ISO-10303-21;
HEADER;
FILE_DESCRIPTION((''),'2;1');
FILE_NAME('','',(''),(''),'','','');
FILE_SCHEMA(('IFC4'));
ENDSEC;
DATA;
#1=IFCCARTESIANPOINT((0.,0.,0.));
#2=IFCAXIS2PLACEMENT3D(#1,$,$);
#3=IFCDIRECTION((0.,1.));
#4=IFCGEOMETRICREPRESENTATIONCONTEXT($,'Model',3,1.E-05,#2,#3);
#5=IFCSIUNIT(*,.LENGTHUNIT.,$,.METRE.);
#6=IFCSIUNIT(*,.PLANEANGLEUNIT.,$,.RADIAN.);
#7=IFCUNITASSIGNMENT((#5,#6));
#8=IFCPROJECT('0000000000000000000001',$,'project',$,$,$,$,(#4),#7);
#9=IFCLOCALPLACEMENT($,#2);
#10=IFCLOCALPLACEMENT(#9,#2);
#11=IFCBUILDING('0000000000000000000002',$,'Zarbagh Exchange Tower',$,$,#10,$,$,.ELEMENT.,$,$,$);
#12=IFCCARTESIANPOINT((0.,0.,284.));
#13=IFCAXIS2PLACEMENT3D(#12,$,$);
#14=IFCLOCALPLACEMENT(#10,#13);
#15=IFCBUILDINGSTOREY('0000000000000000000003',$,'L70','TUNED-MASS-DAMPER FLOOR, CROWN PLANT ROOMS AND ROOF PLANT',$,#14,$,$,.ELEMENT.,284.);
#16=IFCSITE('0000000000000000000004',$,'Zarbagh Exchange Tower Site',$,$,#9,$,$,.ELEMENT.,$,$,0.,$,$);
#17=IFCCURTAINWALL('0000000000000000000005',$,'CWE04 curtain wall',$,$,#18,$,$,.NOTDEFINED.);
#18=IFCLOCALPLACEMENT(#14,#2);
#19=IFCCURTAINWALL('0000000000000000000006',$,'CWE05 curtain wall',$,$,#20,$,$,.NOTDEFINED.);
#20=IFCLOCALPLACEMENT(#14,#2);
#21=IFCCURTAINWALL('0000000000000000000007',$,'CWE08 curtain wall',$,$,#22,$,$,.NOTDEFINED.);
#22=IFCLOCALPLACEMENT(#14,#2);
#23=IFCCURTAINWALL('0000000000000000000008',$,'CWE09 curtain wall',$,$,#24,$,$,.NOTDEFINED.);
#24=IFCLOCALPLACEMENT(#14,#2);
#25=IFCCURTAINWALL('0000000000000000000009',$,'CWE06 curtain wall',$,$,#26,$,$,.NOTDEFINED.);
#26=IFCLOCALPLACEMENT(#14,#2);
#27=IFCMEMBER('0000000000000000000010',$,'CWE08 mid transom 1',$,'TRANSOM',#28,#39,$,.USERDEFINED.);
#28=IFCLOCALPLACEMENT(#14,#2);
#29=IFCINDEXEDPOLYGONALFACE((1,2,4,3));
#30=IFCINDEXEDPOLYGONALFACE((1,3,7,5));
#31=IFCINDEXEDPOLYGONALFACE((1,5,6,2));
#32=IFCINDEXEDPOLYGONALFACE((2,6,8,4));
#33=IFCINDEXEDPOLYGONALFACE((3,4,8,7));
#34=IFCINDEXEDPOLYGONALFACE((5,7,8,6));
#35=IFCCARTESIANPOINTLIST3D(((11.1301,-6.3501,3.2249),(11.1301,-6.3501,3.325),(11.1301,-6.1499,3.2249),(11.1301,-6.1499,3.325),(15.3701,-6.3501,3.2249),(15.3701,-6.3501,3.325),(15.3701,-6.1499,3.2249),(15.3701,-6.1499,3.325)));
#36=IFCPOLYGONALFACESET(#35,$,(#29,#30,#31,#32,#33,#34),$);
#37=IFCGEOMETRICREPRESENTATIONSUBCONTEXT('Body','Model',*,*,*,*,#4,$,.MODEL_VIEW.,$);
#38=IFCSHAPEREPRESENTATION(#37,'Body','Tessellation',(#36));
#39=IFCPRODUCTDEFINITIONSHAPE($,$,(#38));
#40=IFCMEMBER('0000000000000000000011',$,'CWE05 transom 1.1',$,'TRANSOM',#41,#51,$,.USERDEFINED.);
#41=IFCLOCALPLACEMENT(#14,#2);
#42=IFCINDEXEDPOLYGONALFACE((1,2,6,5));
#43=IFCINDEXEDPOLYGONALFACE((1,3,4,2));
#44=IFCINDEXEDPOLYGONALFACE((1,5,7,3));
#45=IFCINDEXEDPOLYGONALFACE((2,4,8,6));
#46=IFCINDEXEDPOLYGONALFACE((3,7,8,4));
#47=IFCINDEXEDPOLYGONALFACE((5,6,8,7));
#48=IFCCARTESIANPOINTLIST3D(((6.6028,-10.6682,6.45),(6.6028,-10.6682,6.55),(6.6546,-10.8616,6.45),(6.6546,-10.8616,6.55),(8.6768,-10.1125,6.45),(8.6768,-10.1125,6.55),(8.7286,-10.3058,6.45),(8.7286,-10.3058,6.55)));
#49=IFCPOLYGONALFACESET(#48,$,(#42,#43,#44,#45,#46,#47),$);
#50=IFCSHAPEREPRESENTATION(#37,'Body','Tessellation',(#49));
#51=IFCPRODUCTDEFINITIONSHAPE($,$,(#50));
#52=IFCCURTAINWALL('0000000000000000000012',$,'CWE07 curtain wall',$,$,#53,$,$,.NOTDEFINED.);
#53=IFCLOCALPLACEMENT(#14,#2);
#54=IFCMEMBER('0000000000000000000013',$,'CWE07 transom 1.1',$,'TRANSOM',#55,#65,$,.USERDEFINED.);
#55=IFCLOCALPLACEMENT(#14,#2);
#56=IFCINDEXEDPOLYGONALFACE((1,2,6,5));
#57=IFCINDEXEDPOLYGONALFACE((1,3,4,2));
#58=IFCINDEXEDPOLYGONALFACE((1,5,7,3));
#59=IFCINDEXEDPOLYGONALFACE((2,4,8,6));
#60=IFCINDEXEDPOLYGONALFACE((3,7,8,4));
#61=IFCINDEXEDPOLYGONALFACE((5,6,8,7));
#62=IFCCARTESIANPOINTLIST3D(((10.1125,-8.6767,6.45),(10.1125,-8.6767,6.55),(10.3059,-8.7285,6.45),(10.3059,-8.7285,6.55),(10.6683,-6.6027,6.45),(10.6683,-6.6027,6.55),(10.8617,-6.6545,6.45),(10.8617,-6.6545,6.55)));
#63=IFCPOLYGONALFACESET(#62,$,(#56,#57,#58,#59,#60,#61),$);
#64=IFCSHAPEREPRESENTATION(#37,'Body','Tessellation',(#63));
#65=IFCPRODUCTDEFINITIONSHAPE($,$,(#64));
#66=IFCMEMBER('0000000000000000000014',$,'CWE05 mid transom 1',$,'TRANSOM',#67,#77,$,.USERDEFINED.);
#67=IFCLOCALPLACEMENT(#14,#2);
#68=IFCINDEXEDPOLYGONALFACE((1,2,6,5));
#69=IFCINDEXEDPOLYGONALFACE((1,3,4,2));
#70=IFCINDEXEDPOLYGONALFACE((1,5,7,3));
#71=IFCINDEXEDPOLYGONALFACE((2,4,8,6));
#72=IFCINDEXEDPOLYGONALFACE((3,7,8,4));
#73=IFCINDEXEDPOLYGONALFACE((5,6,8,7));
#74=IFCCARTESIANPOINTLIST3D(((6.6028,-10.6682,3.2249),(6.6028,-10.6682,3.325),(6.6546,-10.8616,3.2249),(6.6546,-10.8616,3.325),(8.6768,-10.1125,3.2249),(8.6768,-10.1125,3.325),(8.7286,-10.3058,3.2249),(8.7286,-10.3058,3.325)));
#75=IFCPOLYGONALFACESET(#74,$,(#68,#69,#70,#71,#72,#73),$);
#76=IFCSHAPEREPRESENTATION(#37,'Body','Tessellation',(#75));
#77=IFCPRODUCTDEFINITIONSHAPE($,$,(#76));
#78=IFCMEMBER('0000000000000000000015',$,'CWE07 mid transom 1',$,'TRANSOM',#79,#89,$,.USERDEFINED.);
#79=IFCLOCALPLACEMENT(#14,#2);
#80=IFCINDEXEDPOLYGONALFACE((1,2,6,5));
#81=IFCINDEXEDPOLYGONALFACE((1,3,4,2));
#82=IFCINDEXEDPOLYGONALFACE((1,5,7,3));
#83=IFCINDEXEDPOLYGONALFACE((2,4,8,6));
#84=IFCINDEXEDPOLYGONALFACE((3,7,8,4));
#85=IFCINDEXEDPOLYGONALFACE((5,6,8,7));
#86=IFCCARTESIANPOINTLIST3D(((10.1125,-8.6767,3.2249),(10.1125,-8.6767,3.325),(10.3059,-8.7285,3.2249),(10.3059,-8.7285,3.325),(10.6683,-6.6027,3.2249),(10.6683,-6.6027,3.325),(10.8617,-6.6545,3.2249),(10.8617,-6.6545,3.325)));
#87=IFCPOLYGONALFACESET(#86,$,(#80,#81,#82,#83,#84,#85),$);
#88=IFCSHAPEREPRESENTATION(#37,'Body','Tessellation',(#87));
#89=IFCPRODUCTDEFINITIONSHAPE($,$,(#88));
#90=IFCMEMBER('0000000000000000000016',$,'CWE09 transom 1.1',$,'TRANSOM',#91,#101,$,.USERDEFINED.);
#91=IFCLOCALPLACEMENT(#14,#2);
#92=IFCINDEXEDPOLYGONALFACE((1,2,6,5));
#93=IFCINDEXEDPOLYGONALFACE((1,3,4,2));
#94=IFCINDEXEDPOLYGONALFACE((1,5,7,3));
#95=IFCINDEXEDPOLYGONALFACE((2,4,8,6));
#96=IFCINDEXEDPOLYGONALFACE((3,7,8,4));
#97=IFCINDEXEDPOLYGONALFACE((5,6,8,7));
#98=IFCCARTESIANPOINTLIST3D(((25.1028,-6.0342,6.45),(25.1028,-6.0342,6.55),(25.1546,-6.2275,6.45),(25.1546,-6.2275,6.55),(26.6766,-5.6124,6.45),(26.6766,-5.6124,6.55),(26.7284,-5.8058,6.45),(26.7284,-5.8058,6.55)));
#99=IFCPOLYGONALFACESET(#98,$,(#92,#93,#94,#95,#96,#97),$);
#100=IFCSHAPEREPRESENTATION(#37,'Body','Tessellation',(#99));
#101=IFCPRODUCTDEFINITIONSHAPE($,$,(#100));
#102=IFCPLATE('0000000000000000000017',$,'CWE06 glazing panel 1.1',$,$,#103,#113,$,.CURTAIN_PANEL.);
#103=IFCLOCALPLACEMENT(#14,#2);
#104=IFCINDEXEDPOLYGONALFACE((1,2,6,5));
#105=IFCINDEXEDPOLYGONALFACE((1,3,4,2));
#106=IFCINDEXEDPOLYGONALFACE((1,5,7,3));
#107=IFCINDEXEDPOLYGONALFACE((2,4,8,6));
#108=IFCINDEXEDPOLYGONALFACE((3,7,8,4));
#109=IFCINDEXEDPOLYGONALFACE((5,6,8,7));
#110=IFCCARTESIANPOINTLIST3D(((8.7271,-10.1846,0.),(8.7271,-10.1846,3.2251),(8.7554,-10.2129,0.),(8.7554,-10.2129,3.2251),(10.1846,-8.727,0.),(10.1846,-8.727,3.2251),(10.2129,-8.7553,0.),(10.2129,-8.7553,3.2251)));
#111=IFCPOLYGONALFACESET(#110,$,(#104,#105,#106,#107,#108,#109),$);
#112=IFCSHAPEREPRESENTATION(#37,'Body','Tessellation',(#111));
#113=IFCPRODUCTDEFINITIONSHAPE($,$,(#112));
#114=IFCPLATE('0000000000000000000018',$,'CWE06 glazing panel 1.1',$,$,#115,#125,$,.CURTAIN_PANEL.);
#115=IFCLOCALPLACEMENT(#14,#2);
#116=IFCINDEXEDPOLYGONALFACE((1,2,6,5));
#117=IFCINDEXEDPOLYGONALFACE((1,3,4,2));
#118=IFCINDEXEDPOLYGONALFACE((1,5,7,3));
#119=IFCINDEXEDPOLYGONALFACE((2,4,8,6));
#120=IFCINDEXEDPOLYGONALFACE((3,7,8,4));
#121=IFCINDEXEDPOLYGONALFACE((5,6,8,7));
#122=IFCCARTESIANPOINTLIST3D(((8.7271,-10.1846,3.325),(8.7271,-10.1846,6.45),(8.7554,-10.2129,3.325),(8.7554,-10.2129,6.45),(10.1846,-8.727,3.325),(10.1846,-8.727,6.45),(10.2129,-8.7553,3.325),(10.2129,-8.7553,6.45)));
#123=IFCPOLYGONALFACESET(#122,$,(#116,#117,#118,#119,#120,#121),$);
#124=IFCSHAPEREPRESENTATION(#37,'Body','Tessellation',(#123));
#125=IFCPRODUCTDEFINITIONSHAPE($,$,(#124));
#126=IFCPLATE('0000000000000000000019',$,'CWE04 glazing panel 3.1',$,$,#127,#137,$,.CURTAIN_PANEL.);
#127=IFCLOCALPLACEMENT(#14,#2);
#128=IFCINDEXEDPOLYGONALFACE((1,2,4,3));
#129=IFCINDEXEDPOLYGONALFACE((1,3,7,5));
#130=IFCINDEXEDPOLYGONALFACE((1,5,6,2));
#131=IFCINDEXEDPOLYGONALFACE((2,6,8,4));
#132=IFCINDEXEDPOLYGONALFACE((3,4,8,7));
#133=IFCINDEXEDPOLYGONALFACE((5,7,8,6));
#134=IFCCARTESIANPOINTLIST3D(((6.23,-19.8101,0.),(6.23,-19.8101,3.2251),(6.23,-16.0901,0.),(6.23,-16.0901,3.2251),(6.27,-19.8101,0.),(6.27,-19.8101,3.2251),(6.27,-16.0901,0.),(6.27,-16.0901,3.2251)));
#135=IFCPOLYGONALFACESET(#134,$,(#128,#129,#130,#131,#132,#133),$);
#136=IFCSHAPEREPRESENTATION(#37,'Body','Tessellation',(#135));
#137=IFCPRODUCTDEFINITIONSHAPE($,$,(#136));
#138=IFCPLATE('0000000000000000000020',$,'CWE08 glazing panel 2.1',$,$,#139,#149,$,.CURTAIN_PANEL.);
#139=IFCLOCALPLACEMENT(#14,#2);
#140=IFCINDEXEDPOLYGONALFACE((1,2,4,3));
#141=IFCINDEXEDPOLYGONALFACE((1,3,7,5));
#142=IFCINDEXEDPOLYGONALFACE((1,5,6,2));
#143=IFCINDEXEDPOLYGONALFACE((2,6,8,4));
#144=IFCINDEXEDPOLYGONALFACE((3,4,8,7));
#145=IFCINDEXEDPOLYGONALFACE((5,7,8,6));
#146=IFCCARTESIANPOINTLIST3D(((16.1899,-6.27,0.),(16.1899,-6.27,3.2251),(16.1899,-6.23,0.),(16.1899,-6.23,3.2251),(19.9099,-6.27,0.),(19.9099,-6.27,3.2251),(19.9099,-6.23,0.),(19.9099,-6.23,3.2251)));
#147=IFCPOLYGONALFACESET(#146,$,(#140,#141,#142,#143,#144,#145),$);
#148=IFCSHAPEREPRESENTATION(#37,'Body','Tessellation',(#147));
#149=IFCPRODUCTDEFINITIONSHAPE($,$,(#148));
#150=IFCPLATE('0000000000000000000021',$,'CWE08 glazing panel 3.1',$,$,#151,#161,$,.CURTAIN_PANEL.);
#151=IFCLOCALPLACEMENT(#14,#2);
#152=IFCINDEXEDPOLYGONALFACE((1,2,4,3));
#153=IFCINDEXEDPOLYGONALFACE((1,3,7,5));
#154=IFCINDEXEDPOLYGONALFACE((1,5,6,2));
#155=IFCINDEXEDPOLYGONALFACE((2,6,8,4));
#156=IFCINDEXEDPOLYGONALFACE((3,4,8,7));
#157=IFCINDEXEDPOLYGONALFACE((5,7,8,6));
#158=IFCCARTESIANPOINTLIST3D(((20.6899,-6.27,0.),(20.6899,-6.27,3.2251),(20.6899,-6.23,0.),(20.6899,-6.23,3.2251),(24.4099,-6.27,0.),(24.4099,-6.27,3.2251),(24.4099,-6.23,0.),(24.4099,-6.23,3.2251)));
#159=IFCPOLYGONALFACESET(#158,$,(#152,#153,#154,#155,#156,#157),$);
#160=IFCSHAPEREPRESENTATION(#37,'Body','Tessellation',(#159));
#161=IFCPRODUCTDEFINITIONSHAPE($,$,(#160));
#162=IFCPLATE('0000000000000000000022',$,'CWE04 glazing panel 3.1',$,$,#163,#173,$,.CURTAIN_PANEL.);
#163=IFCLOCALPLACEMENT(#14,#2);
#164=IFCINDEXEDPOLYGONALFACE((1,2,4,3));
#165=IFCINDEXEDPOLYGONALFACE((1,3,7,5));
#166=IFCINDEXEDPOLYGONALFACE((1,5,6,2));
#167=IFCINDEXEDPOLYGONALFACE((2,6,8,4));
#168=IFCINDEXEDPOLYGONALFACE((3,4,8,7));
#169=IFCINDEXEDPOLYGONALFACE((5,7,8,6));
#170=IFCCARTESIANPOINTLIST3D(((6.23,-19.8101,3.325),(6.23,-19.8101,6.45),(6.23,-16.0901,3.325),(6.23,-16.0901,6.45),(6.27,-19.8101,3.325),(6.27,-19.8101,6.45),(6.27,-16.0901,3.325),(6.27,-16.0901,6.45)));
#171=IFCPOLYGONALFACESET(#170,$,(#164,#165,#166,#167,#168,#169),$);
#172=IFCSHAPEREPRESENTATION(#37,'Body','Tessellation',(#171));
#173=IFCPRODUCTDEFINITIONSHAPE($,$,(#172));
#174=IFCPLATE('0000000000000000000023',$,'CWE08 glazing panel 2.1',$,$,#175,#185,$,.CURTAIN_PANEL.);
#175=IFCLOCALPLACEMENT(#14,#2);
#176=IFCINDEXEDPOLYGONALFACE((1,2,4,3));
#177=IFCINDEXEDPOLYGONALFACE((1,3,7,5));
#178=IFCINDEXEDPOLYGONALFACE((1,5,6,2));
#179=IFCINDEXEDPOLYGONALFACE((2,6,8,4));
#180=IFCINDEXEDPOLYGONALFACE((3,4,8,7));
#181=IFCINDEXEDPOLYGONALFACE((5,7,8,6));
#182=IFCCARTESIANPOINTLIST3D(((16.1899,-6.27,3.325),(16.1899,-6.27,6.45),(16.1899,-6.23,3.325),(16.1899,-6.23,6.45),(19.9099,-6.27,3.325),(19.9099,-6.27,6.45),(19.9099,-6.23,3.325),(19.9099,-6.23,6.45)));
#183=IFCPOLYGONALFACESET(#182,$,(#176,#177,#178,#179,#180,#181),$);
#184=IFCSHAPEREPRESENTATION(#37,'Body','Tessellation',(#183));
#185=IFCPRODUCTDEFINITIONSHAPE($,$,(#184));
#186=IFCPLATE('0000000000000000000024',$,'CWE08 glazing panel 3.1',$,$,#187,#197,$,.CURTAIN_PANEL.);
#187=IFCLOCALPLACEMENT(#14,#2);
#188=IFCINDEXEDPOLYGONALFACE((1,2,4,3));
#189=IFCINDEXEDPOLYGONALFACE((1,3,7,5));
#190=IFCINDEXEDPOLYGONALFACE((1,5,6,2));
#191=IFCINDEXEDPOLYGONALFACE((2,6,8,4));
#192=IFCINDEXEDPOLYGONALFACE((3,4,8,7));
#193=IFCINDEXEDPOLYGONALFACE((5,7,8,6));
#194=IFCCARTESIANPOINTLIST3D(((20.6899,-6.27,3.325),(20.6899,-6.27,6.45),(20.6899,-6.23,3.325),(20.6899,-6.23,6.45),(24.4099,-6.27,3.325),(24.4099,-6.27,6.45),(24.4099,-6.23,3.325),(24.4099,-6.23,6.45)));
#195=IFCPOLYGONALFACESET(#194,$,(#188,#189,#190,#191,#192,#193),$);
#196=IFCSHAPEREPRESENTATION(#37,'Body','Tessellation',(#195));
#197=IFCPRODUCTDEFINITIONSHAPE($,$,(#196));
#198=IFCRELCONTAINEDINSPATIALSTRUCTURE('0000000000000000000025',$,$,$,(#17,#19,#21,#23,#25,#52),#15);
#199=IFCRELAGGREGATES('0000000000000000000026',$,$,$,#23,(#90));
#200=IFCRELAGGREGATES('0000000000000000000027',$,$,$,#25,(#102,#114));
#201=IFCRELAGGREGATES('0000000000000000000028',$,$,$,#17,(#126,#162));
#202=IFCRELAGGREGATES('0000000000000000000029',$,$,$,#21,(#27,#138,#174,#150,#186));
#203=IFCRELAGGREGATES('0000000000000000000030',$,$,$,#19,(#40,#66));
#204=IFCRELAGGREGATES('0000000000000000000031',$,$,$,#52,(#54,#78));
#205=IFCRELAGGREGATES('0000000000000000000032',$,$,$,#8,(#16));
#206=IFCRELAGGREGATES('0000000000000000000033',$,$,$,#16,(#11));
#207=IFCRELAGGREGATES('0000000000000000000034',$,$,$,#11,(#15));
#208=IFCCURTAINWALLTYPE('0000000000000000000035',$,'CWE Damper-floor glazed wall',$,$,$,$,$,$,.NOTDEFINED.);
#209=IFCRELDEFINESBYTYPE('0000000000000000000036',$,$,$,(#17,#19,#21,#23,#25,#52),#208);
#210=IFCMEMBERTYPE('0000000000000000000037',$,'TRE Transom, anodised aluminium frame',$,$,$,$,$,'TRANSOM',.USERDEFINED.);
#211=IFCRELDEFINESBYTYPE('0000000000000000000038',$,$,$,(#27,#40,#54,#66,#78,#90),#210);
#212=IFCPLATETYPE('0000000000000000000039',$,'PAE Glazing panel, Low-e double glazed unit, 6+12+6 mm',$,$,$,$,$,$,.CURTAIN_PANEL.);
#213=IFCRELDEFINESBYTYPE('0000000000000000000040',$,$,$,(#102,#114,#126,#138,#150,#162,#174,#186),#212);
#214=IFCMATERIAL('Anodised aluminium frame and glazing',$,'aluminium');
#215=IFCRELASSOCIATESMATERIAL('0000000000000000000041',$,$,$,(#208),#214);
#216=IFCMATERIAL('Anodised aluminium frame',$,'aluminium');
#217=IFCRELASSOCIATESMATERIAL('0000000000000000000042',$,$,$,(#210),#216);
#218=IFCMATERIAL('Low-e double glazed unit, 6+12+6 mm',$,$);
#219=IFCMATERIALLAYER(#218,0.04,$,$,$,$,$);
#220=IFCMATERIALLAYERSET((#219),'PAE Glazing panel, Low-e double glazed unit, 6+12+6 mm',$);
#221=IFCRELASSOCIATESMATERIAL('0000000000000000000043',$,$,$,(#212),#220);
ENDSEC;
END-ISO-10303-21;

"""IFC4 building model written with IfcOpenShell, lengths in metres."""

from ifc_helpers import new_model, si_unit, direction, frame, origin, place, context, subcontext, project, spatial, polyline, outline, extrude, source, transform, mapped, material, layer, layer_set, type_object, element, aggregate, save


model = new_model("IFC4")

# Units and contexts
model_context = context("Model", 3, precision=1e-05, world=origin(), true_north=direction((0.0, 1.0)))
body_context = subcontext(model_context, "Body", "Model", "MODEL_VIEW")
ifc_project = project(units=[si_unit("LENGTHUNIT", "METRE"), si_unit("PLANEANGLEUNIT", "RADIAN")], contexts=[model_context])

# Site, building, storey
site_placement = place(None, origin())
site = spatial("IfcSite", under=ifc_project, at=site_placement, Name="Zarbagh Exchange Tower Site", CompositionType="ELEMENT", RefElevation=0.0)
building_placement = place(site_placement, origin())
building = spatial("IfcBuilding", under=site, at=building_placement, Name="Zarbagh Exchange Tower", CompositionType="ELEMENT")
storey_placement = place(building_placement, frame((0.0, 0.0, 284.0)))
storey = spatial("IfcBuildingStorey", under=building, at=storey_placement, Name="L70", Description="TUNED-MASS-DAMPER FLOOR, CROWN PLANT ROOMS AND ROOF PLANT", CompositionType="ELEMENT", Elevation=284.0)

# Curtain walls
ifc_material_1 = material(Name="Anodised aluminium frame and glazing", Category="aluminium")
curtain_wall_type = type_object("IfcCurtainWallType", Name="CWE Damper-floor glazed wall", PredefinedType="NOTDEFINED", material=ifc_material_1)
curtain_wall_1_placement = place(storey_placement, origin())
curtain_wall_1 = element("IfcCurtainWall", 1, at=curtain_wall_1_placement, inside=storey, type_object=curtain_wall_type, Name="CWE04 curtain wall", PredefinedType="NOTDEFINED")
ifc_material_2 = material(Name="Anodised aluminium frame", Category="aluminium")
placement = place(storey_placement, origin())
curtain_wall_2_placement = place(storey_placement, origin())
curtain_wall_2 = element("IfcCurtainWall", 2, at=curtain_wall_2_placement, inside=storey, type_object=curtain_wall_type, Name="CWE05 curtain wall", PredefinedType="NOTDEFINED")

# Curtain wall
curtain_wall_3_placement = place(storey_placement, origin())
curtain_wall_3 = element("IfcCurtainWall", 3, at=curtain_wall_3_placement, inside=storey, type_object=curtain_wall_type, Name="CWE08 curtain wall", PredefinedType="NOTDEFINED")

# Curtain wall
curtain_wall_4_placement = place(storey_placement, origin())
curtain_wall_4 = element("IfcCurtainWall", 4, at=curtain_wall_4_placement, inside=storey, type_object=curtain_wall_type, Name="CWE09 curtain wall", PredefinedType="NOTDEFINED")

# Curtain wall
curtain_wall_5_placement = place(storey_placement, origin())
curtain_wall_5 = element("IfcCurtainWall", 5, at=curtain_wall_5_placement, inside=storey, type_object=curtain_wall_type, Name="CWE06 curtain wall", PredefinedType="NOTDEFINED")
member_type_1 = type_object("IfcMemberType", Name="TRE Transom, anodised aluminium frame", ElementType="TRANSOM", PredefinedType="USERDEFINED", material=ifc_material_2)

# Members
shared_shape_1 = source(origin(), body_context, "Body", "SweptSolid", [
    extrude(outline(polyline([(-0.05, -0.1001), (0.05, -0.1001), (0.05, 0.1001), (-0.05, 0.1001), (-0.05, -0.1001)])), origin(), (0.0, 0.0, 1.0), 4.24),
])
member_1 = element("IfcMember", 6, at=placement, type_object=member_type_1, Name="CWE08 mid transom 1", ObjectType="TRANSOM", PredefinedType="USERDEFINED", context=body_context, shape_type="MappedRepresentation", body=[
    mapped(shared_shape_1, transform((11.1301, -6.25, 3.2749), x_axis=(0.0, 0.0, 1.0), y_axis=(0.0, -1.0, 0.0), z_axis=(1.0, 0.0, 0.0))),
])
shared_shape_2 = source(origin(), body_context, "Body", "SweptSolid", [
    extrude(outline(polyline([(-0.1001, -0.1001), (0.0, -0.1001), (0.0, 0.1001), (-0.1001, 0.1001), (-0.1001, -0.1001)])), origin(), (0.0, 0.0, 1.0), 2.1472),
])
member_2 = element("IfcMember", 7, at=placement, type_object=member_type_1, Name="CWE05 transom 1.1", ObjectType="TRANSOM", PredefinedType="USERDEFINED", context=body_context, shape_type="MappedRepresentation", body=[
    mapped(shared_shape_2, transform((6.6287, -10.7649, 6.55), x_axis=(0.0, 0.0, 1.0), y_axis=(0.258825, -0.965924, 0.0), z_axis=(0.965924, 0.258825, 0.0))),
])

# Curtain wall, member
curtain_wall_6_placement = place(storey_placement, origin())
curtain_wall_6 = element("IfcCurtainWall", 8, at=curtain_wall_6_placement, inside=storey, type_object=curtain_wall_type, Name="CWE07 curtain wall", PredefinedType="NOTDEFINED")
member_3 = element("IfcMember", 9, at=placement, type_object=member_type_1, Name="CWE07 transom 1.1", ObjectType="TRANSOM", PredefinedType="USERDEFINED", context=body_context, shape_type="MappedRepresentation", body=[
    mapped(shared_shape_2, transform((10.2092, -8.7026, 6.55), x_axis=(0.0, 0.0, 1.0), y_axis=(0.965924, -0.258825, 0.0), z_axis=(0.258825, 0.965924, 0.0))),
])

# Members
shared_shape_3 = source(origin(), body_context, "Body", "SweptSolid", [
    extrude(outline(polyline([(-0.05, -0.1001), (0.05, -0.1001), (0.05, 0.1001), (-0.05, 0.1001), (-0.05, -0.1001)])), origin(), (0.0, 0.0, 1.0), 2.1472),
])
member_4 = element("IfcMember", 10, at=placement, type_object=member_type_1, Name="CWE05 mid transom 1", ObjectType="TRANSOM", PredefinedType="USERDEFINED", context=body_context, shape_type="MappedRepresentation", body=[
    mapped(shared_shape_3, transform((6.6287, -10.7649, 3.2749), x_axis=(0.0, 0.0, 1.0), y_axis=(0.258825, -0.965924, 0.0), z_axis=(0.965924, 0.258825, 0.0))),
])
member_5 = element("IfcMember", 11, at=placement, type_object=member_type_1, Name="CWE07 mid transom 1", ObjectType="TRANSOM", PredefinedType="USERDEFINED", context=body_context, shape_type="MappedRepresentation", body=[
    mapped(shared_shape_3, transform((10.2092, -8.7026, 3.2749), x_axis=(0.0, 0.0, 1.0), y_axis=(0.965924, -0.258825, 0.0), z_axis=(0.258825, 0.965924, 0.0))),
])
shared_shape_4 = source(origin(), body_context, "Body", "SweptSolid", [
    extrude(outline(polyline([(-0.1001, -0.1001), (0.0, -0.1001), (0.0, 0.1001), (-0.1001, 0.1001), (-0.1001, -0.1001)])), origin(), (0.0, 0.0, 1.0), 1.6294),
])
member_6 = element("IfcMember", 12, at=placement, type_object=member_type_1, Name="CWE09 transom 1.1", ObjectType="TRANSOM", PredefinedType="USERDEFINED", context=body_context, shape_type="MappedRepresentation", body=[
    mapped(shared_shape_4, transform((25.1287, -6.1309, 6.55), x_axis=(0.0, 0.0, 1.0), y_axis=(0.258825, -0.965924, 0.0), z_axis=(0.965924, 0.258825, 0.0))),
])
aggregate(curtain_wall_4, [member_6])

# Plates
ifc_material_3 = material(Name="Low-e double glazed unit, 6+12+6 mm")
ifc_layer = layer(ifc_material_3, 0.04)
ifc_layer_set = layer_set([ifc_layer], Name="PAE Glazing panel, Low-e double glazed unit, 6+12+6 mm")
plate_type = type_object("IfcPlateType", Name="PAE Glazing panel, Low-e double glazed unit, 6+12+6 mm", PredefinedType="CURTAIN_PANEL", material=ifc_layer_set)
shared_shape_5 = source(origin(), body_context, "Body", "SweptSolid", [
    extrude(outline(polyline([(0.0, -0.02), (2.0613, -0.02), (2.0613, 0.02), (0.0, 0.02), (0.0, -0.02)])), origin(), (0.0, 0.0, 1.0), 3.2251),
])
plate_1 = element("IfcPlate", 13, at=placement, type_object=plate_type, Name="CWE06 glazing panel 1.1", PredefinedType="CURTAIN_PANEL", context=body_context, shape_type="MappedRepresentation", body=[
    mapped(shared_shape_5, transform((8.7412, -10.1987, 0.0), x_axis=(0.707107, 0.707107, 0.0), y_axis=(-0.707107, 0.707107, 0.0), z_axis=(0.0, 0.0, 1.0))),
])
shared_shape_6 = source(origin(), body_context, "Body", "SweptSolid", [
    extrude(outline(polyline([(0.0, -0.02), (2.0613, -0.02), (2.0613, 0.02), (0.0, 0.02), (0.0, -0.02)])), origin(), (0.0, 0.0, 1.0), 3.125),
])
plate_2 = element("IfcPlate", 14, at=placement, type_object=plate_type, Name="CWE06 glazing panel 1.1", PredefinedType="CURTAIN_PANEL", context=body_context, shape_type="MappedRepresentation", body=[
    mapped(shared_shape_6, transform((8.7412, -10.1987, 3.325), x_axis=(0.707107, 0.707107, 0.0), y_axis=(-0.707107, 0.707107, 0.0), z_axis=(0.0, 0.0, 1.0))),
])
aggregate(curtain_wall_5, [plate_1, plate_2])
shared_shape_7 = source(origin(), body_context, "Body", "SweptSolid", [
    extrude(outline(polyline([(0.0, -0.02), (3.72, -0.02), (3.72, 0.02), (0.0, 0.02), (0.0, -0.02)])), origin(), (0.0, 0.0, 1.0), 3.2251),
])
plate_3 = element("IfcPlate", 15, at=placement, type_object=plate_type, Name="CWE04 glazing panel 3.1", PredefinedType="CURTAIN_PANEL", context=body_context, shape_type="MappedRepresentation", body=[
    mapped(shared_shape_7, transform((6.25, -19.8101, 0.0), x_axis=(0.0, 1.0, 0.0), y_axis=(-1.0, 0.0, 0.0), z_axis=(0.0, 0.0, 1.0))),
])
plate_4 = element("IfcPlate", 16, at=placement, type_object=plate_type, Name="CWE08 glazing panel 2.1", PredefinedType="CURTAIN_PANEL", context=body_context, shape_type="MappedRepresentation", body=[
    mapped(shared_shape_7, transform((16.1899, -6.25, 0.0), x_axis=(1.0, 0.0, 0.0), y_axis=(0.0, 1.0, 0.0), z_axis=(0.0, 0.0, 1.0))),
])
plate_5 = element("IfcPlate", 17, at=placement, type_object=plate_type, Name="CWE08 glazing panel 3.1", PredefinedType="CURTAIN_PANEL", context=body_context, shape_type="MappedRepresentation", body=[
    mapped(shared_shape_7, transform((20.6899, -6.25, 0.0), x_axis=(1.0, 0.0, 0.0), y_axis=(0.0, 1.0, 0.0), z_axis=(0.0, 0.0, 1.0))),
])
shared_shape_8 = source(origin(), body_context, "Body", "SweptSolid", [
    extrude(outline(polyline([(0.0, -0.02), (3.72, -0.02), (3.72, 0.02), (0.0, 0.02), (0.0, -0.02)])), origin(), (0.0, 0.0, 1.0), 3.125),
])
plate_6 = element("IfcPlate", 18, at=placement, type_object=plate_type, Name="CWE04 glazing panel 3.1", PredefinedType="CURTAIN_PANEL", context=body_context, shape_type="MappedRepresentation", body=[
    mapped(shared_shape_8, transform((6.25, -19.8101, 3.325), x_axis=(0.0, 1.0, 0.0), y_axis=(-1.0, 0.0, 0.0), z_axis=(0.0, 0.0, 1.0))),
])
plate_7 = element("IfcPlate", 19, at=placement, type_object=plate_type, Name="CWE08 glazing panel 2.1", PredefinedType="CURTAIN_PANEL", context=body_context, shape_type="MappedRepresentation", body=[
    mapped(shared_shape_8, transform((16.1899, -6.25, 3.325), x_axis=(1.0, 0.0, 0.0), y_axis=(0.0, 1.0, 0.0), z_axis=(0.0, 0.0, 1.0))),
])
plate_8 = element("IfcPlate", 20, at=placement, type_object=plate_type, Name="CWE08 glazing panel 3.1", PredefinedType="CURTAIN_PANEL", context=body_context, shape_type="MappedRepresentation", body=[
    mapped(shared_shape_8, transform((20.6899, -6.25, 3.325), x_axis=(1.0, 0.0, 0.0), y_axis=(0.0, 1.0, 0.0), z_axis=(0.0, 0.0, 1.0))),
])
aggregate(curtain_wall_1, [plate_3, plate_6])
aggregate(curtain_wall_3, [member_1, plate_4, plate_7, plate_5, plate_8])
aggregate(curtain_wall_2, [member_2, member_4])
aggregate(curtain_wall_6, [member_3, member_5])

save(model, "model.ifc")
